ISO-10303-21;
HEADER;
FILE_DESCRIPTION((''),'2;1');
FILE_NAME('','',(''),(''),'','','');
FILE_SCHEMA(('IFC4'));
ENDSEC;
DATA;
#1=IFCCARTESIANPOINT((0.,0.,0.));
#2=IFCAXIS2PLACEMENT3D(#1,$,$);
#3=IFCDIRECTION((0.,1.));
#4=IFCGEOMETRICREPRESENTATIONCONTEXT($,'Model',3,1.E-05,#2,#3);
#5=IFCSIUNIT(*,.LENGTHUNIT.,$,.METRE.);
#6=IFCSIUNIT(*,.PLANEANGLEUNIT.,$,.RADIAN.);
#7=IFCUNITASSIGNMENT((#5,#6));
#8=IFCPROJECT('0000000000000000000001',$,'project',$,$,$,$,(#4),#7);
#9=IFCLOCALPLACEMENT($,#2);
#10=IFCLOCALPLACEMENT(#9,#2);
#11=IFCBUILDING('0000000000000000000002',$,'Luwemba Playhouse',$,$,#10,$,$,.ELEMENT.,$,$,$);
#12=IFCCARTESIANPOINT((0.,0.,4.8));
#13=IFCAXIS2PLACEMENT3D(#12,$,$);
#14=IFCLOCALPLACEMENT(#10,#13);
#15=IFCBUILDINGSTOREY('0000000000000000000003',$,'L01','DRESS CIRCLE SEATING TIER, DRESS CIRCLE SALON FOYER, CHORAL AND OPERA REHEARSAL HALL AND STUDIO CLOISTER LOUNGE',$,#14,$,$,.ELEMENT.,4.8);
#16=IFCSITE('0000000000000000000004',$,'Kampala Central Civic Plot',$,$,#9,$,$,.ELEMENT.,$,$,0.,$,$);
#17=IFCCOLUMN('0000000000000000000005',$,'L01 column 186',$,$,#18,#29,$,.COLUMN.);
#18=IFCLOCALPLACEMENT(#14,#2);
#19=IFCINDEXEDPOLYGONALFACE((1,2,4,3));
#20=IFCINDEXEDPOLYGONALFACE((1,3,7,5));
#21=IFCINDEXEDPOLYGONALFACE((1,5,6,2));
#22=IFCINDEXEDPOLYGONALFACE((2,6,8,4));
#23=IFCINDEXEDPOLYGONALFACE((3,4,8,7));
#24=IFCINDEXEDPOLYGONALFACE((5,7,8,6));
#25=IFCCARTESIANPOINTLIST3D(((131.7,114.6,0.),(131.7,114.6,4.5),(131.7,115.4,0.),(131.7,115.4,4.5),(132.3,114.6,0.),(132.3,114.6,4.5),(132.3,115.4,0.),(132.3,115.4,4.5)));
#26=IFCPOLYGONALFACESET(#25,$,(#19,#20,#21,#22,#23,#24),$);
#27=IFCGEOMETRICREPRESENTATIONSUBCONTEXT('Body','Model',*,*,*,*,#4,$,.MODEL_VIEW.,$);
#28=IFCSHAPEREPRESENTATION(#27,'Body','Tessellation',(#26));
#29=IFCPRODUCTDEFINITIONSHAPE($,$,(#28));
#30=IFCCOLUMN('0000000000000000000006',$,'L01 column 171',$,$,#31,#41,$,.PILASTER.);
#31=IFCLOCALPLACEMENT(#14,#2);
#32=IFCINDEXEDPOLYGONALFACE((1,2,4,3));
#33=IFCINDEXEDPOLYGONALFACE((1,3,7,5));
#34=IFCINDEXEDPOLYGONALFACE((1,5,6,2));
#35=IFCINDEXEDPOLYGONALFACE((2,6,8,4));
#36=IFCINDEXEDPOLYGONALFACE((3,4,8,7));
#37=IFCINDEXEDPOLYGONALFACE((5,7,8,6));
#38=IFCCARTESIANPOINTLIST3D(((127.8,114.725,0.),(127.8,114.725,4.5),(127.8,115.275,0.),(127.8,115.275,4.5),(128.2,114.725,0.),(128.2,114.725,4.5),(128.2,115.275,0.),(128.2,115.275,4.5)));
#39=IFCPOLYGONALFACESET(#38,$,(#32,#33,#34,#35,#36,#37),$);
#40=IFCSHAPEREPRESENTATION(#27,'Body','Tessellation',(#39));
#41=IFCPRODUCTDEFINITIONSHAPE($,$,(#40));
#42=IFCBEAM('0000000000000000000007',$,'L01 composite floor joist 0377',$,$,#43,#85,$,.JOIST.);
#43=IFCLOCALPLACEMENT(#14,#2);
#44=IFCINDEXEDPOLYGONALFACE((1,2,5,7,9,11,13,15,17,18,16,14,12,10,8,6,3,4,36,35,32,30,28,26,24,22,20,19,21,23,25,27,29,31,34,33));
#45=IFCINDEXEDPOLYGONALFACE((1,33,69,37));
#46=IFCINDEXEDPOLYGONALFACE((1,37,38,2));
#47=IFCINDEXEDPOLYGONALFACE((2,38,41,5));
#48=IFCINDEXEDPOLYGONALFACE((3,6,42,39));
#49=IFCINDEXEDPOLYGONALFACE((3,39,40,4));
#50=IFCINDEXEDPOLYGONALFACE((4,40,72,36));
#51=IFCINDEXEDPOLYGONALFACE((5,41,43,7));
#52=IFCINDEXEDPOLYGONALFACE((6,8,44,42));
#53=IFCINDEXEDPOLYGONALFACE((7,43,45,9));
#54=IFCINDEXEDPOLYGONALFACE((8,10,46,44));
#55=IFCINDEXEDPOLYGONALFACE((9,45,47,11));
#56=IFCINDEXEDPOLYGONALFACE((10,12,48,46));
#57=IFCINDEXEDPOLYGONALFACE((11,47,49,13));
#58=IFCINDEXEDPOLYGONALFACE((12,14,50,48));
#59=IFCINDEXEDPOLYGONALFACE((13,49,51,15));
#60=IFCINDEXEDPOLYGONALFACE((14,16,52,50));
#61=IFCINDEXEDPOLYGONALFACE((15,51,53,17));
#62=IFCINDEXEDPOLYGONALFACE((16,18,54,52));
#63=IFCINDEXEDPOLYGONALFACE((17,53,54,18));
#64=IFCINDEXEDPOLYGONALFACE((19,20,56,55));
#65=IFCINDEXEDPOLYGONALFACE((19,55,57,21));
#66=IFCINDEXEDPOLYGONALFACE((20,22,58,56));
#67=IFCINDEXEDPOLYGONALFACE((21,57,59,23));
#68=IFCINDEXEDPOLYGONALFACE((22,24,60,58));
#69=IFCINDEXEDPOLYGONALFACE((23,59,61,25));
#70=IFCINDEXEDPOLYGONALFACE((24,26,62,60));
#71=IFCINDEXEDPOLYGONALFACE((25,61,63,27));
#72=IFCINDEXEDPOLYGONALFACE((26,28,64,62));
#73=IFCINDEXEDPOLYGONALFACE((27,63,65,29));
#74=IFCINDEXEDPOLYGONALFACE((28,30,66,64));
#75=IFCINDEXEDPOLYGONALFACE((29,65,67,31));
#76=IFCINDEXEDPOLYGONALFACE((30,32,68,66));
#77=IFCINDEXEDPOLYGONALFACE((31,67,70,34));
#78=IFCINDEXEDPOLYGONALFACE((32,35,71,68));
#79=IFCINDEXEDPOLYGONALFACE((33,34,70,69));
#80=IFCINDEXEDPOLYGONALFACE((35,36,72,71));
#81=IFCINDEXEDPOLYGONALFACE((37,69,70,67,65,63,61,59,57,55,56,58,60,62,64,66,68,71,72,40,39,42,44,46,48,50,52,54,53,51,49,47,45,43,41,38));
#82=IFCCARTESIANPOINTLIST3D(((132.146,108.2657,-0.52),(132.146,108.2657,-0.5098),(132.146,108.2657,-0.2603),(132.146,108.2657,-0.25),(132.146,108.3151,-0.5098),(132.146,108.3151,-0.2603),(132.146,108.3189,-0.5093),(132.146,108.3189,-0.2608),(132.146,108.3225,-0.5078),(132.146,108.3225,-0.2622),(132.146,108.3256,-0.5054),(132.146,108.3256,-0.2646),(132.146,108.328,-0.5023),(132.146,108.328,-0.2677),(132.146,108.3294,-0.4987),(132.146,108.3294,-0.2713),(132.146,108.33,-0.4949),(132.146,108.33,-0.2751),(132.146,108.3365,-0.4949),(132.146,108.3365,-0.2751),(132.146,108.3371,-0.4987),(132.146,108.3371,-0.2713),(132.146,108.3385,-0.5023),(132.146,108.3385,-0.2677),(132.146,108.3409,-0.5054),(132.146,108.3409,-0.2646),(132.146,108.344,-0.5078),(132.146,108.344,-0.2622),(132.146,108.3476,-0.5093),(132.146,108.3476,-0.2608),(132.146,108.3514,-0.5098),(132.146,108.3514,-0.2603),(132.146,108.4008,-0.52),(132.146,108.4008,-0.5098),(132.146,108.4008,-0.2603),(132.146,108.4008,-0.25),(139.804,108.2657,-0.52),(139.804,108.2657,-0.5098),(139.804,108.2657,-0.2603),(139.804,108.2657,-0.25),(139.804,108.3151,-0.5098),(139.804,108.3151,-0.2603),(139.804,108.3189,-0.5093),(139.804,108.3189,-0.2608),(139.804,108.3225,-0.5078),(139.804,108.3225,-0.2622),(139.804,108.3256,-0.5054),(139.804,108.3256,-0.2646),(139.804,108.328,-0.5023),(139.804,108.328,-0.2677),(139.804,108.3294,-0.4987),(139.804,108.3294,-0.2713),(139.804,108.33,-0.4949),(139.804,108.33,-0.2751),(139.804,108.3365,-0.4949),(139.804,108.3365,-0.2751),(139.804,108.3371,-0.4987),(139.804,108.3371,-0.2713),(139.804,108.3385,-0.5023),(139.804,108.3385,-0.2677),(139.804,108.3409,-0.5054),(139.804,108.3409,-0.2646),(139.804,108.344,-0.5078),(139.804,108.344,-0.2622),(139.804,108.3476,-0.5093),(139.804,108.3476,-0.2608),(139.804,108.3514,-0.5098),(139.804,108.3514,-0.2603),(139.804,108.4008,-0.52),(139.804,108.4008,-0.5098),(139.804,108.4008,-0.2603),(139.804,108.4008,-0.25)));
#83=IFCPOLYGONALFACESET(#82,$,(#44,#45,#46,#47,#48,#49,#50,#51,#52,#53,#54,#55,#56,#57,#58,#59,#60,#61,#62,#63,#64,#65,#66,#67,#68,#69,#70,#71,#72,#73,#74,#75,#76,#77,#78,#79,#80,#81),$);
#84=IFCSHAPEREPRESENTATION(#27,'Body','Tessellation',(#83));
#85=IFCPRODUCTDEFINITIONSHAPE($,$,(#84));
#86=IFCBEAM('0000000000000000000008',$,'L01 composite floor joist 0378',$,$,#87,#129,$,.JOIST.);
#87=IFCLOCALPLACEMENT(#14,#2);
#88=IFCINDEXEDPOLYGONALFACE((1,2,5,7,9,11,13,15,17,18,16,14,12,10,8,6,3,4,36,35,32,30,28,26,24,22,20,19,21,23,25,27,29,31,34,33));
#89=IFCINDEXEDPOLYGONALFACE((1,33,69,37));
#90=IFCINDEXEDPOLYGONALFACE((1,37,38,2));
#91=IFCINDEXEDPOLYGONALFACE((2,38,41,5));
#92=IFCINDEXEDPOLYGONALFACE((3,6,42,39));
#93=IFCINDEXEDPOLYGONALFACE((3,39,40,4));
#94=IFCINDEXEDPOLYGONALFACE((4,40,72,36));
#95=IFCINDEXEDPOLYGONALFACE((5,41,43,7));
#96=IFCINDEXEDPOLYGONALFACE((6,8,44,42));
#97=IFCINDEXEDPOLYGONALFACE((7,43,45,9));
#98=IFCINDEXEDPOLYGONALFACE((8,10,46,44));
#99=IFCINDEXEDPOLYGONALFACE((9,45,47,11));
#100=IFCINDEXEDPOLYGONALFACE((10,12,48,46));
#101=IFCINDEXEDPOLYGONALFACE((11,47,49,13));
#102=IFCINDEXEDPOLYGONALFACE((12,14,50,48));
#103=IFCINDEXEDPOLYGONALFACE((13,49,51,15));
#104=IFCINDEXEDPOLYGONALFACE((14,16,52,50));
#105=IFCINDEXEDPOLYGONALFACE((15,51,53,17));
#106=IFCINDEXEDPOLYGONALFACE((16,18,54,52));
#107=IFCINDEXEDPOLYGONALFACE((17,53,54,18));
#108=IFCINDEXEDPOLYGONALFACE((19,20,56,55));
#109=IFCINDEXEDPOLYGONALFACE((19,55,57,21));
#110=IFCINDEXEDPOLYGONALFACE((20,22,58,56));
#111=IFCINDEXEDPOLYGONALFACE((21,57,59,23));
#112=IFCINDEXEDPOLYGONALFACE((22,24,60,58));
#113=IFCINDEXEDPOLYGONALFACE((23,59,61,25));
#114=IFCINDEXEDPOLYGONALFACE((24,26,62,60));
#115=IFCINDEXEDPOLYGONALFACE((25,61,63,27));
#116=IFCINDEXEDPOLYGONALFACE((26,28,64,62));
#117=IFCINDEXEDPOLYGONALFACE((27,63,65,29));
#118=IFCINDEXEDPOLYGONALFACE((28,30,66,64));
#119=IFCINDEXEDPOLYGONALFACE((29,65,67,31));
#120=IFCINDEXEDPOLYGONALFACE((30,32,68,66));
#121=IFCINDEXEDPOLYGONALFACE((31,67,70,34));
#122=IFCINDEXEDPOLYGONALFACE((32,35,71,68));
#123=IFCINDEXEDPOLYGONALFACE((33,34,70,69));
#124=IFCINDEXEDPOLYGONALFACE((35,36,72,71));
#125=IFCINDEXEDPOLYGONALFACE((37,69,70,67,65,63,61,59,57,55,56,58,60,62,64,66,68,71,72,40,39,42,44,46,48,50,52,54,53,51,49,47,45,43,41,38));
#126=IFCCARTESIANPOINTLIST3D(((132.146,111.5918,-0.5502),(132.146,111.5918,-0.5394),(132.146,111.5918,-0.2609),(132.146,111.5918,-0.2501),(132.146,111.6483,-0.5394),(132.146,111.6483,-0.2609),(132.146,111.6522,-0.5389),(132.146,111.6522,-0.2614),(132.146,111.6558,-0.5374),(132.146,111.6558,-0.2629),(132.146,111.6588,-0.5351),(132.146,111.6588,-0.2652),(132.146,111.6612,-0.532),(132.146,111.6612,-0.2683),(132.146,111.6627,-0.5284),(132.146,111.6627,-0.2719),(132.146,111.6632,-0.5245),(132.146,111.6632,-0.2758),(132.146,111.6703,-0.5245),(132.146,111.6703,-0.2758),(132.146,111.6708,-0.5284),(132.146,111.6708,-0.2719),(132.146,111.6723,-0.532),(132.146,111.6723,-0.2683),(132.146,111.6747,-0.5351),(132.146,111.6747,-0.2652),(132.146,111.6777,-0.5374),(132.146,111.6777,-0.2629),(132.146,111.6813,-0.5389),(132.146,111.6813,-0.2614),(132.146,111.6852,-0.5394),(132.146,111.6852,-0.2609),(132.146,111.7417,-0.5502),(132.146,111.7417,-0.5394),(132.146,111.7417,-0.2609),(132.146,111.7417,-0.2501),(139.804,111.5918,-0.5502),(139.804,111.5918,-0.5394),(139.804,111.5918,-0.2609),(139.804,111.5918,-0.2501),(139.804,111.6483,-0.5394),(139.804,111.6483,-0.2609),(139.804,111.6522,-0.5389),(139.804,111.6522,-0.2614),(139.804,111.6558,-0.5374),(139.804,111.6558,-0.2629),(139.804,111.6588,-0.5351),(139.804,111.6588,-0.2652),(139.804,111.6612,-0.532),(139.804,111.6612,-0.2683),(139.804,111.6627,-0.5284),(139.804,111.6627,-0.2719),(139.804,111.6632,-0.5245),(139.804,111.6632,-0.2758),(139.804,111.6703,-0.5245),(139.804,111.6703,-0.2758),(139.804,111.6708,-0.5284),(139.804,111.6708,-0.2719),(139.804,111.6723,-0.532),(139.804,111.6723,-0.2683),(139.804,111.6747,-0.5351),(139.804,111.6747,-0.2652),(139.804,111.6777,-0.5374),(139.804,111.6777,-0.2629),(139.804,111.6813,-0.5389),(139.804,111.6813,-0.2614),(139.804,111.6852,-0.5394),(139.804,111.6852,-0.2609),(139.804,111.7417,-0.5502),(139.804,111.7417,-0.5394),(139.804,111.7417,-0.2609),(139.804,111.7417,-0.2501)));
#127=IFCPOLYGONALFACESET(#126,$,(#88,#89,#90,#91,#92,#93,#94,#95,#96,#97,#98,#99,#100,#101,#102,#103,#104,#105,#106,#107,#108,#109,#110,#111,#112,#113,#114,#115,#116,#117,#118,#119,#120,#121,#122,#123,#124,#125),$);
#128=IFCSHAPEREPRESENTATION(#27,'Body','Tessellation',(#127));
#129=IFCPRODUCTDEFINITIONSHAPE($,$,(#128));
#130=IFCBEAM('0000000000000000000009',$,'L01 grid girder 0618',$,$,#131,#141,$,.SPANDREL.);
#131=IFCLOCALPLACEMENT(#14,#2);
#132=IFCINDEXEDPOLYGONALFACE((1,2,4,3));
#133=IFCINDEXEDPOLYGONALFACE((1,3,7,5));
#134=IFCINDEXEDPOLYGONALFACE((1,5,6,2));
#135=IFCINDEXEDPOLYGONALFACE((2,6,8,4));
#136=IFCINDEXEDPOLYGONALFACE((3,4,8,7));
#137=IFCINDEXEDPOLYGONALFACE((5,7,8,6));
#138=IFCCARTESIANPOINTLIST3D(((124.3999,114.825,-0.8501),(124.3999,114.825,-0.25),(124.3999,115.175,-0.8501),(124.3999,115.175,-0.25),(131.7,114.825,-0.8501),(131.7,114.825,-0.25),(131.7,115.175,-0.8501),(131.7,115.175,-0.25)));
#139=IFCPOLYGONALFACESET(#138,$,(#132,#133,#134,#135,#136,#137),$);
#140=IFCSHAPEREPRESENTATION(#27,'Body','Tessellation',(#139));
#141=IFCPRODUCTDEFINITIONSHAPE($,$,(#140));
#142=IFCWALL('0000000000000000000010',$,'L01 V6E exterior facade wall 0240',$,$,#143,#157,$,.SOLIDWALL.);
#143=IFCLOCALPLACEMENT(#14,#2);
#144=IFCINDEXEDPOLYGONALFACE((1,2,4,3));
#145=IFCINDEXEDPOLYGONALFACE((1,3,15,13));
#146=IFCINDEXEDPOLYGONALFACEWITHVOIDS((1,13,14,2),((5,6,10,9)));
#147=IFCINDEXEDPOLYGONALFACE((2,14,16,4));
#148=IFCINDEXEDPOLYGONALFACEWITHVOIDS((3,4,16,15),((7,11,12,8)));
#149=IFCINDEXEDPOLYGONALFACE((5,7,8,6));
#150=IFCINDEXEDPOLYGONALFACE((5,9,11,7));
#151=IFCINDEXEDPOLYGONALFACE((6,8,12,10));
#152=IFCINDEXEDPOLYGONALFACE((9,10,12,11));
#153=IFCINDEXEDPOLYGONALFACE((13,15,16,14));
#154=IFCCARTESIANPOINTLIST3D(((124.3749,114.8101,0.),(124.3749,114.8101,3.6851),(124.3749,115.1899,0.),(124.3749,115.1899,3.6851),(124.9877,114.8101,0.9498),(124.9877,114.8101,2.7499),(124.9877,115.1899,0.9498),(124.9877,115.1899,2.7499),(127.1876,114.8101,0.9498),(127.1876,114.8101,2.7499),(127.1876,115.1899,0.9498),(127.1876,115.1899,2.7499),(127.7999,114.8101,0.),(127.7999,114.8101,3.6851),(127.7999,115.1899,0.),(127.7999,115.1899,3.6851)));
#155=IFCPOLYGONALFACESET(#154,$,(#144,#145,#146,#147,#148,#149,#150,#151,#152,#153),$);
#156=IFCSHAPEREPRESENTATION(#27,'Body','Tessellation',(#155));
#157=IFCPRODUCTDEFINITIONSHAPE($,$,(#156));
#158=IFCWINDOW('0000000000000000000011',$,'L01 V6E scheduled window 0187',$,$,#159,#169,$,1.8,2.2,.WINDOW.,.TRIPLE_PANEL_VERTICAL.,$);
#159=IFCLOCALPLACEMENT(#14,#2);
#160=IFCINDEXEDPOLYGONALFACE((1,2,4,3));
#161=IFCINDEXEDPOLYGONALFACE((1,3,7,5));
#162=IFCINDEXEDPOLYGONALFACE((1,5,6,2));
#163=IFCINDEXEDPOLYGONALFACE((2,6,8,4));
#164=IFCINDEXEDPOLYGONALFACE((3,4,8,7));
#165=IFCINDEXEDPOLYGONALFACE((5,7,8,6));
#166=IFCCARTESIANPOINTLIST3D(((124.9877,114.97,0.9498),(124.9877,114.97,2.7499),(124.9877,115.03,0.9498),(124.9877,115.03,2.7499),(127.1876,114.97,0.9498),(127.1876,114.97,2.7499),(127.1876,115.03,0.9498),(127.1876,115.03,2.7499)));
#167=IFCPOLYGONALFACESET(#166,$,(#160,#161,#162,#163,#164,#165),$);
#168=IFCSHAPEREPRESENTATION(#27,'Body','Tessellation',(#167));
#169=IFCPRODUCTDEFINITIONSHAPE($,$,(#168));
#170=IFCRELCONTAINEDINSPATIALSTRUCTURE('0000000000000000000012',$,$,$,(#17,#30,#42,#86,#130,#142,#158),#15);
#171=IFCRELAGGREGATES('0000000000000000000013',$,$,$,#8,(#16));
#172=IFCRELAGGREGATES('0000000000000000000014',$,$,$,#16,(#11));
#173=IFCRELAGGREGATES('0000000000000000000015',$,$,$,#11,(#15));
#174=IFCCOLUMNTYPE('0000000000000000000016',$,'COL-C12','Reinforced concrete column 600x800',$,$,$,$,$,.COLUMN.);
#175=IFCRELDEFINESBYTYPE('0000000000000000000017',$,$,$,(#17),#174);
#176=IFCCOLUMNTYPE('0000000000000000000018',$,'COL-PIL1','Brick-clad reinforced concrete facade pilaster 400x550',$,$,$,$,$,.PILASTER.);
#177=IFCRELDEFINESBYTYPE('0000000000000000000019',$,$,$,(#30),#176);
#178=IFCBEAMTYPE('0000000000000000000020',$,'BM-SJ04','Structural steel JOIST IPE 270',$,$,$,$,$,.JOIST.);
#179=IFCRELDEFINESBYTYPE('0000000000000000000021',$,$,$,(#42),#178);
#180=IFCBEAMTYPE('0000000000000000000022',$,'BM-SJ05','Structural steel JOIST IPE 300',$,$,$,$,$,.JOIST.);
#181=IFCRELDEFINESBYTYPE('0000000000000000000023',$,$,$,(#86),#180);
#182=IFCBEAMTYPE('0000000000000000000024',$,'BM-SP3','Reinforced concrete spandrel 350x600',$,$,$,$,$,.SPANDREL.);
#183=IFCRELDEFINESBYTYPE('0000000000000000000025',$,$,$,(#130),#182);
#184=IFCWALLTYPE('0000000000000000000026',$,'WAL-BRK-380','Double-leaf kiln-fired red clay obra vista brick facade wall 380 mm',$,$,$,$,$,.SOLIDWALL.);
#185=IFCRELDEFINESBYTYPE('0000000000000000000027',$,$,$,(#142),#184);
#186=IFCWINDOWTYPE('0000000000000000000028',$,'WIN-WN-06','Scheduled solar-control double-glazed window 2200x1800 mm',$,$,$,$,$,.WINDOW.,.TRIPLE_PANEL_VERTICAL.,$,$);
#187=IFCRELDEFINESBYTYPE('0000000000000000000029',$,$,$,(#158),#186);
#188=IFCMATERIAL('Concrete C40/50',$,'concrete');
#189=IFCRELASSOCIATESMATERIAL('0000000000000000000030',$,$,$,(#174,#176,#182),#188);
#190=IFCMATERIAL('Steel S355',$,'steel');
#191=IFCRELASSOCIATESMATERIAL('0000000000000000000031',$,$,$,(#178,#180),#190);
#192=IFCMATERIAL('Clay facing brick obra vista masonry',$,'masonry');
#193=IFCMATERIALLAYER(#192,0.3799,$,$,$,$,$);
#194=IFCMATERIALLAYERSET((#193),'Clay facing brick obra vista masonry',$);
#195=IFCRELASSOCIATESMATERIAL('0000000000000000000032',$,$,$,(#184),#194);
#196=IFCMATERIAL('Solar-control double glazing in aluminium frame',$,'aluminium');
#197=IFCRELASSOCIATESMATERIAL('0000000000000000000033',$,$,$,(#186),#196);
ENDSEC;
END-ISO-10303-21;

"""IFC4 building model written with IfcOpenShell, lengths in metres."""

from ifc_helpers import new_model, si_unit, direction, frame, frame_2d, origin, origin_2d, place, context, subcontext, project, spatial, rectangle, i_section, extrude, material, layer, layer_set, material_profile, profile_set, type_object, element, fill, save


model = new_model("IFC4")

# Units and contexts
model_context = context("Model", 3, precision=1e-05, world=origin(), true_north=direction((0.0, 1.0)))
body_context = subcontext(model_context, "Body", "Model", "MODEL_VIEW")
ifc_project = project(units=[si_unit("LENGTHUNIT", "METRE"), si_unit("PLANEANGLEUNIT", "RADIAN")], contexts=[model_context])

# Site, building, storey
site_placement = place(None, origin())
site = spatial("IfcSite", under=ifc_project, at=site_placement, Name="Kampala Central Civic Plot", CompositionType="ELEMENT", RefElevation=0.0)
building_placement = place(site_placement, origin())
building = spatial("IfcBuilding", under=site, at=building_placement, Name="Luwemba Playhouse", CompositionType="ELEMENT")
storey_placement = place(building_placement, frame((0.0, 0.0, 4.8)))
storey = spatial("IfcBuildingStorey", under=building, at=storey_placement, Name="L01", Description="DRESS CIRCLE SEATING TIER, DRESS CIRCLE SALON FOYER, CHORAL AND OPERA REHEARSAL HALL AND STUDIO CLOISTER LOUNGE", CompositionType="ELEMENT", Elevation=4.8)

# Columns
ifc_material_1 = material(Name="Concrete C40/50", Category="concrete")
ifc_material_profile_1 = material_profile(ifc_material_1, rectangle(XDim=0.6001, YDim=0.8, at=origin_2d()))
ifc_profile_set_1 = profile_set([ifc_material_profile_1], Name="Concrete C40/50")
column_type_1 = type_object("IfcColumnType", Name="COL-C12", Description="Reinforced concrete column 600x800", PredefinedType="COLUMN", material=ifc_profile_set_1)
column_1_placement = place(storey_placement, frame((132.0, 115.0, 0.0), z_axis=(0.0, 0.0, 1.0), x_axis=(1.0, 0.0, 0.0)))
element("IfcColumn", 1, at=column_1_placement, inside=storey, type_object=column_type_1, Name="L01 column 186", PredefinedType="COLUMN", context=body_context, shape_type="SweptSolid", body=[
    extrude(rectangle(XDim=0.6001, YDim=0.8, at=origin_2d()), origin(), (0.0, 0.0, 1.0), 4.5),
])
ifc_material_profile_2 = material_profile(ifc_material_1, rectangle(XDim=0.3999, YDim=0.55, at=origin_2d()))
ifc_profile_set_2 = profile_set([ifc_material_profile_2], Name="Concrete C40/50")
column_type_2 = type_object("IfcColumnType", Name="COL-PIL1", Description="Brick-clad reinforced concrete facade pilaster 400x550", PredefinedType="PILASTER", material=ifc_profile_set_2)
column_2_placement = place(storey_placement, frame((128.0, 115.0, 0.0), z_axis=(0.0, 0.0, 1.0), x_axis=(1.0, 0.0, 0.0)))
element("IfcColumn", 2, at=column_2_placement, inside=storey, type_object=column_type_2, Name="L01 column 171", PredefinedType="PILASTER", context=body_context, shape_type="SweptSolid", body=[
    extrude(rectangle(XDim=0.3999, YDim=0.55, at=origin_2d()), origin(), (0.0, 0.0, 1.0), 4.5),
])

# Beams
ifc_material_2 = material(Name="Steel S355", Category="steel")
ifc_material_profile_3 = material_profile(ifc_material_2, i_section(OverallWidth=0.135, OverallDepth=0.27, WebThickness=0.0066, FlangeThickness=0.0103, FilletRadius=0.0149, at=origin_2d()))
ifc_profile_set_3 = profile_set([ifc_material_profile_3], Name="Steel S355")
beam_type_1 = type_object("IfcBeamType", Name="BM-SJ04", Description="Structural steel JOIST IPE 270", PredefinedType="JOIST", material=ifc_profile_set_3)
beam_1_placement = place(storey_placement, frame((132.146, 108.3333, -0.385), z_axis=(1.0, 0.0, 0.0), x_axis=(0.0, 1.0, 0.0)))
element("IfcBeam", 3, at=beam_1_placement, inside=storey, type_object=beam_type_1, Name="L01 composite floor joist 0377", PredefinedType="JOIST", context=body_context, shape_type="SweptSolid", body=[
    extrude(i_section(OverallWidth=0.135, OverallDepth=0.27, WebThickness=0.0066, FlangeThickness=0.0103, FilletRadius=0.0149, at=origin_2d()), origin(), (0.0, 0.0, 1.0), 7.658),
])
ifc_material_profile_4 = material_profile(ifc_material_2, i_section(OverallWidth=0.1499, OverallDepth=0.3, WebThickness=0.0071, FlangeThickness=0.0107, FilletRadius=0.0149, at=origin_2d()))
ifc_profile_set_4 = profile_set([ifc_material_profile_4], Name="Steel S355")
beam_type_2 = type_object("IfcBeamType", Name="BM-SJ05", Description="Structural steel JOIST IPE 300", PredefinedType="JOIST", material=ifc_profile_set_4)
beam_2_placement = place(storey_placement, frame((132.146, 111.6667, -0.4001), z_axis=(1.0, 0.0, 0.0), x_axis=(0.0, 1.0, 0.0)))
element("IfcBeam", 4, at=beam_2_placement, inside=storey, type_object=beam_type_2, Name="L01 composite floor joist 0378", PredefinedType="JOIST", context=body_context, shape_type="SweptSolid", body=[
    extrude(i_section(OverallWidth=0.1499, OverallDepth=0.3, WebThickness=0.0071, FlangeThickness=0.0107, FilletRadius=0.0149, at=origin_2d()), origin(), (0.0, 0.0, 1.0), 7.658),
])
ifc_material_profile_5 = material_profile(ifc_material_1, rectangle(XDim=0.3501, YDim=0.6001, at=origin_2d()))
ifc_profile_set_5 = profile_set([ifc_material_profile_5], Name="Concrete C40/50")
beam_type_3 = type_object("IfcBeamType", Name="BM-SP3", Description="Reinforced concrete spandrel 350x600", PredefinedType="SPANDREL", material=ifc_profile_set_5)
beam_3_placement = place(storey_placement, frame((124.3999, 115.0, -0.55), z_axis=(1.0, 0.0, 0.0), x_axis=(0.0, 1.0, 0.0)))
element("IfcBeam", 5, at=beam_3_placement, inside=storey, type_object=beam_type_3, Name="L01 grid girder 0618", PredefinedType="SPANDREL", context=body_context, shape_type="SweptSolid", body=[
    extrude(rectangle(XDim=0.3501, YDim=0.6001, at=origin_2d()), origin(), (0.0, 0.0, 1.0), 7.3),
])

# Wall, opening, window
ifc_material_3 = material(Name="Clay facing brick obra vista masonry", Category="masonry")
ifc_layer_1 = layer(ifc_material_3, 0.3799)
ifc_layer_set_1 = layer_set([ifc_layer_1], Name="Clay facing brick obra vista masonry")
wall_type_1 = type_object("IfcWallType", Name="WAL-BRK-380", Description="Double-leaf kiln-fired red clay obra vista brick facade wall 380 mm", PredefinedType="SOLIDWALL", material=ifc_layer_set_1)
wall_1_placement = place(storey_placement, frame((124.375, 115.0, 0.0), z_axis=(0.0, 0.0, 1.0), x_axis=(1.0, 0.0, 0.0)))
wall_1 = element("IfcWall", 6, at=wall_1_placement, inside=storey, type_object=wall_type_1, Name="L01 V6E exterior facade wall 0240", PredefinedType="SOLIDWALL", context=body_context, shape_type="SweptSolid", body=[
    extrude(rectangle(XDim=3.425, YDim=0.3799, at=frame_2d((1.7124, 0.0))), origin(), (0.0, 0.0, 1.0), 3.6851),
])
opening_1_placement = place(wall_1_placement, frame((0.6125, 0.0, 0.95)))
opening_1 = element("IfcOpeningElement", 7, at=opening_1_placement, cuts=wall_1, PredefinedType="OPENING", context=body_context, shape_type="SweptSolid", body=[
    extrude(rectangle(XDim=2.2, YDim=1.8, at=frame_2d((1.1001, 0.8999))), frame((0.0, 0.2, 0.0), z_axis=(0.0, -1.0, 0.0), x_axis=(1.0, 0.0, 0.0)), (0.0, 0.0, 1.0), 0.3999),
])
ifc_material_4 = material(Name="Solar-control double glazing in aluminium frame", Category="aluminium")
window_type_1 = type_object("IfcWindowType", Name="WIN-WN-06", Description="Scheduled solar-control double-glazed window 2200x1800 mm", PartitioningType="TRIPLE_PANEL_VERTICAL", PredefinedType="WINDOW", material=ifc_material_4)
window_1_placement = place(opening_1_placement, origin())
window_1 = element("IfcWindow", 8, at=window_1_placement, inside=storey, type_object=window_type_1, Name="L01 V6E scheduled window 0187", OverallHeight=1.8, OverallWidth=2.2, PartitioningType="TRIPLE_PANEL_VERTICAL", PredefinedType="WINDOW", context=body_context, shape_type="SweptSolid", body=[
    extrude(rectangle(XDim=2.2, YDim=1.8, at=frame_2d((1.1001, 0.8999))), frame((0.0, 0.03, 0.0), z_axis=(0.0, -1.0, 0.0), x_axis=(1.0, 0.0, 0.0)), (0.0, 0.0, 1.0), 0.0601),
])
fill(opening_1, window_1)

save(model, "model.ifc")
